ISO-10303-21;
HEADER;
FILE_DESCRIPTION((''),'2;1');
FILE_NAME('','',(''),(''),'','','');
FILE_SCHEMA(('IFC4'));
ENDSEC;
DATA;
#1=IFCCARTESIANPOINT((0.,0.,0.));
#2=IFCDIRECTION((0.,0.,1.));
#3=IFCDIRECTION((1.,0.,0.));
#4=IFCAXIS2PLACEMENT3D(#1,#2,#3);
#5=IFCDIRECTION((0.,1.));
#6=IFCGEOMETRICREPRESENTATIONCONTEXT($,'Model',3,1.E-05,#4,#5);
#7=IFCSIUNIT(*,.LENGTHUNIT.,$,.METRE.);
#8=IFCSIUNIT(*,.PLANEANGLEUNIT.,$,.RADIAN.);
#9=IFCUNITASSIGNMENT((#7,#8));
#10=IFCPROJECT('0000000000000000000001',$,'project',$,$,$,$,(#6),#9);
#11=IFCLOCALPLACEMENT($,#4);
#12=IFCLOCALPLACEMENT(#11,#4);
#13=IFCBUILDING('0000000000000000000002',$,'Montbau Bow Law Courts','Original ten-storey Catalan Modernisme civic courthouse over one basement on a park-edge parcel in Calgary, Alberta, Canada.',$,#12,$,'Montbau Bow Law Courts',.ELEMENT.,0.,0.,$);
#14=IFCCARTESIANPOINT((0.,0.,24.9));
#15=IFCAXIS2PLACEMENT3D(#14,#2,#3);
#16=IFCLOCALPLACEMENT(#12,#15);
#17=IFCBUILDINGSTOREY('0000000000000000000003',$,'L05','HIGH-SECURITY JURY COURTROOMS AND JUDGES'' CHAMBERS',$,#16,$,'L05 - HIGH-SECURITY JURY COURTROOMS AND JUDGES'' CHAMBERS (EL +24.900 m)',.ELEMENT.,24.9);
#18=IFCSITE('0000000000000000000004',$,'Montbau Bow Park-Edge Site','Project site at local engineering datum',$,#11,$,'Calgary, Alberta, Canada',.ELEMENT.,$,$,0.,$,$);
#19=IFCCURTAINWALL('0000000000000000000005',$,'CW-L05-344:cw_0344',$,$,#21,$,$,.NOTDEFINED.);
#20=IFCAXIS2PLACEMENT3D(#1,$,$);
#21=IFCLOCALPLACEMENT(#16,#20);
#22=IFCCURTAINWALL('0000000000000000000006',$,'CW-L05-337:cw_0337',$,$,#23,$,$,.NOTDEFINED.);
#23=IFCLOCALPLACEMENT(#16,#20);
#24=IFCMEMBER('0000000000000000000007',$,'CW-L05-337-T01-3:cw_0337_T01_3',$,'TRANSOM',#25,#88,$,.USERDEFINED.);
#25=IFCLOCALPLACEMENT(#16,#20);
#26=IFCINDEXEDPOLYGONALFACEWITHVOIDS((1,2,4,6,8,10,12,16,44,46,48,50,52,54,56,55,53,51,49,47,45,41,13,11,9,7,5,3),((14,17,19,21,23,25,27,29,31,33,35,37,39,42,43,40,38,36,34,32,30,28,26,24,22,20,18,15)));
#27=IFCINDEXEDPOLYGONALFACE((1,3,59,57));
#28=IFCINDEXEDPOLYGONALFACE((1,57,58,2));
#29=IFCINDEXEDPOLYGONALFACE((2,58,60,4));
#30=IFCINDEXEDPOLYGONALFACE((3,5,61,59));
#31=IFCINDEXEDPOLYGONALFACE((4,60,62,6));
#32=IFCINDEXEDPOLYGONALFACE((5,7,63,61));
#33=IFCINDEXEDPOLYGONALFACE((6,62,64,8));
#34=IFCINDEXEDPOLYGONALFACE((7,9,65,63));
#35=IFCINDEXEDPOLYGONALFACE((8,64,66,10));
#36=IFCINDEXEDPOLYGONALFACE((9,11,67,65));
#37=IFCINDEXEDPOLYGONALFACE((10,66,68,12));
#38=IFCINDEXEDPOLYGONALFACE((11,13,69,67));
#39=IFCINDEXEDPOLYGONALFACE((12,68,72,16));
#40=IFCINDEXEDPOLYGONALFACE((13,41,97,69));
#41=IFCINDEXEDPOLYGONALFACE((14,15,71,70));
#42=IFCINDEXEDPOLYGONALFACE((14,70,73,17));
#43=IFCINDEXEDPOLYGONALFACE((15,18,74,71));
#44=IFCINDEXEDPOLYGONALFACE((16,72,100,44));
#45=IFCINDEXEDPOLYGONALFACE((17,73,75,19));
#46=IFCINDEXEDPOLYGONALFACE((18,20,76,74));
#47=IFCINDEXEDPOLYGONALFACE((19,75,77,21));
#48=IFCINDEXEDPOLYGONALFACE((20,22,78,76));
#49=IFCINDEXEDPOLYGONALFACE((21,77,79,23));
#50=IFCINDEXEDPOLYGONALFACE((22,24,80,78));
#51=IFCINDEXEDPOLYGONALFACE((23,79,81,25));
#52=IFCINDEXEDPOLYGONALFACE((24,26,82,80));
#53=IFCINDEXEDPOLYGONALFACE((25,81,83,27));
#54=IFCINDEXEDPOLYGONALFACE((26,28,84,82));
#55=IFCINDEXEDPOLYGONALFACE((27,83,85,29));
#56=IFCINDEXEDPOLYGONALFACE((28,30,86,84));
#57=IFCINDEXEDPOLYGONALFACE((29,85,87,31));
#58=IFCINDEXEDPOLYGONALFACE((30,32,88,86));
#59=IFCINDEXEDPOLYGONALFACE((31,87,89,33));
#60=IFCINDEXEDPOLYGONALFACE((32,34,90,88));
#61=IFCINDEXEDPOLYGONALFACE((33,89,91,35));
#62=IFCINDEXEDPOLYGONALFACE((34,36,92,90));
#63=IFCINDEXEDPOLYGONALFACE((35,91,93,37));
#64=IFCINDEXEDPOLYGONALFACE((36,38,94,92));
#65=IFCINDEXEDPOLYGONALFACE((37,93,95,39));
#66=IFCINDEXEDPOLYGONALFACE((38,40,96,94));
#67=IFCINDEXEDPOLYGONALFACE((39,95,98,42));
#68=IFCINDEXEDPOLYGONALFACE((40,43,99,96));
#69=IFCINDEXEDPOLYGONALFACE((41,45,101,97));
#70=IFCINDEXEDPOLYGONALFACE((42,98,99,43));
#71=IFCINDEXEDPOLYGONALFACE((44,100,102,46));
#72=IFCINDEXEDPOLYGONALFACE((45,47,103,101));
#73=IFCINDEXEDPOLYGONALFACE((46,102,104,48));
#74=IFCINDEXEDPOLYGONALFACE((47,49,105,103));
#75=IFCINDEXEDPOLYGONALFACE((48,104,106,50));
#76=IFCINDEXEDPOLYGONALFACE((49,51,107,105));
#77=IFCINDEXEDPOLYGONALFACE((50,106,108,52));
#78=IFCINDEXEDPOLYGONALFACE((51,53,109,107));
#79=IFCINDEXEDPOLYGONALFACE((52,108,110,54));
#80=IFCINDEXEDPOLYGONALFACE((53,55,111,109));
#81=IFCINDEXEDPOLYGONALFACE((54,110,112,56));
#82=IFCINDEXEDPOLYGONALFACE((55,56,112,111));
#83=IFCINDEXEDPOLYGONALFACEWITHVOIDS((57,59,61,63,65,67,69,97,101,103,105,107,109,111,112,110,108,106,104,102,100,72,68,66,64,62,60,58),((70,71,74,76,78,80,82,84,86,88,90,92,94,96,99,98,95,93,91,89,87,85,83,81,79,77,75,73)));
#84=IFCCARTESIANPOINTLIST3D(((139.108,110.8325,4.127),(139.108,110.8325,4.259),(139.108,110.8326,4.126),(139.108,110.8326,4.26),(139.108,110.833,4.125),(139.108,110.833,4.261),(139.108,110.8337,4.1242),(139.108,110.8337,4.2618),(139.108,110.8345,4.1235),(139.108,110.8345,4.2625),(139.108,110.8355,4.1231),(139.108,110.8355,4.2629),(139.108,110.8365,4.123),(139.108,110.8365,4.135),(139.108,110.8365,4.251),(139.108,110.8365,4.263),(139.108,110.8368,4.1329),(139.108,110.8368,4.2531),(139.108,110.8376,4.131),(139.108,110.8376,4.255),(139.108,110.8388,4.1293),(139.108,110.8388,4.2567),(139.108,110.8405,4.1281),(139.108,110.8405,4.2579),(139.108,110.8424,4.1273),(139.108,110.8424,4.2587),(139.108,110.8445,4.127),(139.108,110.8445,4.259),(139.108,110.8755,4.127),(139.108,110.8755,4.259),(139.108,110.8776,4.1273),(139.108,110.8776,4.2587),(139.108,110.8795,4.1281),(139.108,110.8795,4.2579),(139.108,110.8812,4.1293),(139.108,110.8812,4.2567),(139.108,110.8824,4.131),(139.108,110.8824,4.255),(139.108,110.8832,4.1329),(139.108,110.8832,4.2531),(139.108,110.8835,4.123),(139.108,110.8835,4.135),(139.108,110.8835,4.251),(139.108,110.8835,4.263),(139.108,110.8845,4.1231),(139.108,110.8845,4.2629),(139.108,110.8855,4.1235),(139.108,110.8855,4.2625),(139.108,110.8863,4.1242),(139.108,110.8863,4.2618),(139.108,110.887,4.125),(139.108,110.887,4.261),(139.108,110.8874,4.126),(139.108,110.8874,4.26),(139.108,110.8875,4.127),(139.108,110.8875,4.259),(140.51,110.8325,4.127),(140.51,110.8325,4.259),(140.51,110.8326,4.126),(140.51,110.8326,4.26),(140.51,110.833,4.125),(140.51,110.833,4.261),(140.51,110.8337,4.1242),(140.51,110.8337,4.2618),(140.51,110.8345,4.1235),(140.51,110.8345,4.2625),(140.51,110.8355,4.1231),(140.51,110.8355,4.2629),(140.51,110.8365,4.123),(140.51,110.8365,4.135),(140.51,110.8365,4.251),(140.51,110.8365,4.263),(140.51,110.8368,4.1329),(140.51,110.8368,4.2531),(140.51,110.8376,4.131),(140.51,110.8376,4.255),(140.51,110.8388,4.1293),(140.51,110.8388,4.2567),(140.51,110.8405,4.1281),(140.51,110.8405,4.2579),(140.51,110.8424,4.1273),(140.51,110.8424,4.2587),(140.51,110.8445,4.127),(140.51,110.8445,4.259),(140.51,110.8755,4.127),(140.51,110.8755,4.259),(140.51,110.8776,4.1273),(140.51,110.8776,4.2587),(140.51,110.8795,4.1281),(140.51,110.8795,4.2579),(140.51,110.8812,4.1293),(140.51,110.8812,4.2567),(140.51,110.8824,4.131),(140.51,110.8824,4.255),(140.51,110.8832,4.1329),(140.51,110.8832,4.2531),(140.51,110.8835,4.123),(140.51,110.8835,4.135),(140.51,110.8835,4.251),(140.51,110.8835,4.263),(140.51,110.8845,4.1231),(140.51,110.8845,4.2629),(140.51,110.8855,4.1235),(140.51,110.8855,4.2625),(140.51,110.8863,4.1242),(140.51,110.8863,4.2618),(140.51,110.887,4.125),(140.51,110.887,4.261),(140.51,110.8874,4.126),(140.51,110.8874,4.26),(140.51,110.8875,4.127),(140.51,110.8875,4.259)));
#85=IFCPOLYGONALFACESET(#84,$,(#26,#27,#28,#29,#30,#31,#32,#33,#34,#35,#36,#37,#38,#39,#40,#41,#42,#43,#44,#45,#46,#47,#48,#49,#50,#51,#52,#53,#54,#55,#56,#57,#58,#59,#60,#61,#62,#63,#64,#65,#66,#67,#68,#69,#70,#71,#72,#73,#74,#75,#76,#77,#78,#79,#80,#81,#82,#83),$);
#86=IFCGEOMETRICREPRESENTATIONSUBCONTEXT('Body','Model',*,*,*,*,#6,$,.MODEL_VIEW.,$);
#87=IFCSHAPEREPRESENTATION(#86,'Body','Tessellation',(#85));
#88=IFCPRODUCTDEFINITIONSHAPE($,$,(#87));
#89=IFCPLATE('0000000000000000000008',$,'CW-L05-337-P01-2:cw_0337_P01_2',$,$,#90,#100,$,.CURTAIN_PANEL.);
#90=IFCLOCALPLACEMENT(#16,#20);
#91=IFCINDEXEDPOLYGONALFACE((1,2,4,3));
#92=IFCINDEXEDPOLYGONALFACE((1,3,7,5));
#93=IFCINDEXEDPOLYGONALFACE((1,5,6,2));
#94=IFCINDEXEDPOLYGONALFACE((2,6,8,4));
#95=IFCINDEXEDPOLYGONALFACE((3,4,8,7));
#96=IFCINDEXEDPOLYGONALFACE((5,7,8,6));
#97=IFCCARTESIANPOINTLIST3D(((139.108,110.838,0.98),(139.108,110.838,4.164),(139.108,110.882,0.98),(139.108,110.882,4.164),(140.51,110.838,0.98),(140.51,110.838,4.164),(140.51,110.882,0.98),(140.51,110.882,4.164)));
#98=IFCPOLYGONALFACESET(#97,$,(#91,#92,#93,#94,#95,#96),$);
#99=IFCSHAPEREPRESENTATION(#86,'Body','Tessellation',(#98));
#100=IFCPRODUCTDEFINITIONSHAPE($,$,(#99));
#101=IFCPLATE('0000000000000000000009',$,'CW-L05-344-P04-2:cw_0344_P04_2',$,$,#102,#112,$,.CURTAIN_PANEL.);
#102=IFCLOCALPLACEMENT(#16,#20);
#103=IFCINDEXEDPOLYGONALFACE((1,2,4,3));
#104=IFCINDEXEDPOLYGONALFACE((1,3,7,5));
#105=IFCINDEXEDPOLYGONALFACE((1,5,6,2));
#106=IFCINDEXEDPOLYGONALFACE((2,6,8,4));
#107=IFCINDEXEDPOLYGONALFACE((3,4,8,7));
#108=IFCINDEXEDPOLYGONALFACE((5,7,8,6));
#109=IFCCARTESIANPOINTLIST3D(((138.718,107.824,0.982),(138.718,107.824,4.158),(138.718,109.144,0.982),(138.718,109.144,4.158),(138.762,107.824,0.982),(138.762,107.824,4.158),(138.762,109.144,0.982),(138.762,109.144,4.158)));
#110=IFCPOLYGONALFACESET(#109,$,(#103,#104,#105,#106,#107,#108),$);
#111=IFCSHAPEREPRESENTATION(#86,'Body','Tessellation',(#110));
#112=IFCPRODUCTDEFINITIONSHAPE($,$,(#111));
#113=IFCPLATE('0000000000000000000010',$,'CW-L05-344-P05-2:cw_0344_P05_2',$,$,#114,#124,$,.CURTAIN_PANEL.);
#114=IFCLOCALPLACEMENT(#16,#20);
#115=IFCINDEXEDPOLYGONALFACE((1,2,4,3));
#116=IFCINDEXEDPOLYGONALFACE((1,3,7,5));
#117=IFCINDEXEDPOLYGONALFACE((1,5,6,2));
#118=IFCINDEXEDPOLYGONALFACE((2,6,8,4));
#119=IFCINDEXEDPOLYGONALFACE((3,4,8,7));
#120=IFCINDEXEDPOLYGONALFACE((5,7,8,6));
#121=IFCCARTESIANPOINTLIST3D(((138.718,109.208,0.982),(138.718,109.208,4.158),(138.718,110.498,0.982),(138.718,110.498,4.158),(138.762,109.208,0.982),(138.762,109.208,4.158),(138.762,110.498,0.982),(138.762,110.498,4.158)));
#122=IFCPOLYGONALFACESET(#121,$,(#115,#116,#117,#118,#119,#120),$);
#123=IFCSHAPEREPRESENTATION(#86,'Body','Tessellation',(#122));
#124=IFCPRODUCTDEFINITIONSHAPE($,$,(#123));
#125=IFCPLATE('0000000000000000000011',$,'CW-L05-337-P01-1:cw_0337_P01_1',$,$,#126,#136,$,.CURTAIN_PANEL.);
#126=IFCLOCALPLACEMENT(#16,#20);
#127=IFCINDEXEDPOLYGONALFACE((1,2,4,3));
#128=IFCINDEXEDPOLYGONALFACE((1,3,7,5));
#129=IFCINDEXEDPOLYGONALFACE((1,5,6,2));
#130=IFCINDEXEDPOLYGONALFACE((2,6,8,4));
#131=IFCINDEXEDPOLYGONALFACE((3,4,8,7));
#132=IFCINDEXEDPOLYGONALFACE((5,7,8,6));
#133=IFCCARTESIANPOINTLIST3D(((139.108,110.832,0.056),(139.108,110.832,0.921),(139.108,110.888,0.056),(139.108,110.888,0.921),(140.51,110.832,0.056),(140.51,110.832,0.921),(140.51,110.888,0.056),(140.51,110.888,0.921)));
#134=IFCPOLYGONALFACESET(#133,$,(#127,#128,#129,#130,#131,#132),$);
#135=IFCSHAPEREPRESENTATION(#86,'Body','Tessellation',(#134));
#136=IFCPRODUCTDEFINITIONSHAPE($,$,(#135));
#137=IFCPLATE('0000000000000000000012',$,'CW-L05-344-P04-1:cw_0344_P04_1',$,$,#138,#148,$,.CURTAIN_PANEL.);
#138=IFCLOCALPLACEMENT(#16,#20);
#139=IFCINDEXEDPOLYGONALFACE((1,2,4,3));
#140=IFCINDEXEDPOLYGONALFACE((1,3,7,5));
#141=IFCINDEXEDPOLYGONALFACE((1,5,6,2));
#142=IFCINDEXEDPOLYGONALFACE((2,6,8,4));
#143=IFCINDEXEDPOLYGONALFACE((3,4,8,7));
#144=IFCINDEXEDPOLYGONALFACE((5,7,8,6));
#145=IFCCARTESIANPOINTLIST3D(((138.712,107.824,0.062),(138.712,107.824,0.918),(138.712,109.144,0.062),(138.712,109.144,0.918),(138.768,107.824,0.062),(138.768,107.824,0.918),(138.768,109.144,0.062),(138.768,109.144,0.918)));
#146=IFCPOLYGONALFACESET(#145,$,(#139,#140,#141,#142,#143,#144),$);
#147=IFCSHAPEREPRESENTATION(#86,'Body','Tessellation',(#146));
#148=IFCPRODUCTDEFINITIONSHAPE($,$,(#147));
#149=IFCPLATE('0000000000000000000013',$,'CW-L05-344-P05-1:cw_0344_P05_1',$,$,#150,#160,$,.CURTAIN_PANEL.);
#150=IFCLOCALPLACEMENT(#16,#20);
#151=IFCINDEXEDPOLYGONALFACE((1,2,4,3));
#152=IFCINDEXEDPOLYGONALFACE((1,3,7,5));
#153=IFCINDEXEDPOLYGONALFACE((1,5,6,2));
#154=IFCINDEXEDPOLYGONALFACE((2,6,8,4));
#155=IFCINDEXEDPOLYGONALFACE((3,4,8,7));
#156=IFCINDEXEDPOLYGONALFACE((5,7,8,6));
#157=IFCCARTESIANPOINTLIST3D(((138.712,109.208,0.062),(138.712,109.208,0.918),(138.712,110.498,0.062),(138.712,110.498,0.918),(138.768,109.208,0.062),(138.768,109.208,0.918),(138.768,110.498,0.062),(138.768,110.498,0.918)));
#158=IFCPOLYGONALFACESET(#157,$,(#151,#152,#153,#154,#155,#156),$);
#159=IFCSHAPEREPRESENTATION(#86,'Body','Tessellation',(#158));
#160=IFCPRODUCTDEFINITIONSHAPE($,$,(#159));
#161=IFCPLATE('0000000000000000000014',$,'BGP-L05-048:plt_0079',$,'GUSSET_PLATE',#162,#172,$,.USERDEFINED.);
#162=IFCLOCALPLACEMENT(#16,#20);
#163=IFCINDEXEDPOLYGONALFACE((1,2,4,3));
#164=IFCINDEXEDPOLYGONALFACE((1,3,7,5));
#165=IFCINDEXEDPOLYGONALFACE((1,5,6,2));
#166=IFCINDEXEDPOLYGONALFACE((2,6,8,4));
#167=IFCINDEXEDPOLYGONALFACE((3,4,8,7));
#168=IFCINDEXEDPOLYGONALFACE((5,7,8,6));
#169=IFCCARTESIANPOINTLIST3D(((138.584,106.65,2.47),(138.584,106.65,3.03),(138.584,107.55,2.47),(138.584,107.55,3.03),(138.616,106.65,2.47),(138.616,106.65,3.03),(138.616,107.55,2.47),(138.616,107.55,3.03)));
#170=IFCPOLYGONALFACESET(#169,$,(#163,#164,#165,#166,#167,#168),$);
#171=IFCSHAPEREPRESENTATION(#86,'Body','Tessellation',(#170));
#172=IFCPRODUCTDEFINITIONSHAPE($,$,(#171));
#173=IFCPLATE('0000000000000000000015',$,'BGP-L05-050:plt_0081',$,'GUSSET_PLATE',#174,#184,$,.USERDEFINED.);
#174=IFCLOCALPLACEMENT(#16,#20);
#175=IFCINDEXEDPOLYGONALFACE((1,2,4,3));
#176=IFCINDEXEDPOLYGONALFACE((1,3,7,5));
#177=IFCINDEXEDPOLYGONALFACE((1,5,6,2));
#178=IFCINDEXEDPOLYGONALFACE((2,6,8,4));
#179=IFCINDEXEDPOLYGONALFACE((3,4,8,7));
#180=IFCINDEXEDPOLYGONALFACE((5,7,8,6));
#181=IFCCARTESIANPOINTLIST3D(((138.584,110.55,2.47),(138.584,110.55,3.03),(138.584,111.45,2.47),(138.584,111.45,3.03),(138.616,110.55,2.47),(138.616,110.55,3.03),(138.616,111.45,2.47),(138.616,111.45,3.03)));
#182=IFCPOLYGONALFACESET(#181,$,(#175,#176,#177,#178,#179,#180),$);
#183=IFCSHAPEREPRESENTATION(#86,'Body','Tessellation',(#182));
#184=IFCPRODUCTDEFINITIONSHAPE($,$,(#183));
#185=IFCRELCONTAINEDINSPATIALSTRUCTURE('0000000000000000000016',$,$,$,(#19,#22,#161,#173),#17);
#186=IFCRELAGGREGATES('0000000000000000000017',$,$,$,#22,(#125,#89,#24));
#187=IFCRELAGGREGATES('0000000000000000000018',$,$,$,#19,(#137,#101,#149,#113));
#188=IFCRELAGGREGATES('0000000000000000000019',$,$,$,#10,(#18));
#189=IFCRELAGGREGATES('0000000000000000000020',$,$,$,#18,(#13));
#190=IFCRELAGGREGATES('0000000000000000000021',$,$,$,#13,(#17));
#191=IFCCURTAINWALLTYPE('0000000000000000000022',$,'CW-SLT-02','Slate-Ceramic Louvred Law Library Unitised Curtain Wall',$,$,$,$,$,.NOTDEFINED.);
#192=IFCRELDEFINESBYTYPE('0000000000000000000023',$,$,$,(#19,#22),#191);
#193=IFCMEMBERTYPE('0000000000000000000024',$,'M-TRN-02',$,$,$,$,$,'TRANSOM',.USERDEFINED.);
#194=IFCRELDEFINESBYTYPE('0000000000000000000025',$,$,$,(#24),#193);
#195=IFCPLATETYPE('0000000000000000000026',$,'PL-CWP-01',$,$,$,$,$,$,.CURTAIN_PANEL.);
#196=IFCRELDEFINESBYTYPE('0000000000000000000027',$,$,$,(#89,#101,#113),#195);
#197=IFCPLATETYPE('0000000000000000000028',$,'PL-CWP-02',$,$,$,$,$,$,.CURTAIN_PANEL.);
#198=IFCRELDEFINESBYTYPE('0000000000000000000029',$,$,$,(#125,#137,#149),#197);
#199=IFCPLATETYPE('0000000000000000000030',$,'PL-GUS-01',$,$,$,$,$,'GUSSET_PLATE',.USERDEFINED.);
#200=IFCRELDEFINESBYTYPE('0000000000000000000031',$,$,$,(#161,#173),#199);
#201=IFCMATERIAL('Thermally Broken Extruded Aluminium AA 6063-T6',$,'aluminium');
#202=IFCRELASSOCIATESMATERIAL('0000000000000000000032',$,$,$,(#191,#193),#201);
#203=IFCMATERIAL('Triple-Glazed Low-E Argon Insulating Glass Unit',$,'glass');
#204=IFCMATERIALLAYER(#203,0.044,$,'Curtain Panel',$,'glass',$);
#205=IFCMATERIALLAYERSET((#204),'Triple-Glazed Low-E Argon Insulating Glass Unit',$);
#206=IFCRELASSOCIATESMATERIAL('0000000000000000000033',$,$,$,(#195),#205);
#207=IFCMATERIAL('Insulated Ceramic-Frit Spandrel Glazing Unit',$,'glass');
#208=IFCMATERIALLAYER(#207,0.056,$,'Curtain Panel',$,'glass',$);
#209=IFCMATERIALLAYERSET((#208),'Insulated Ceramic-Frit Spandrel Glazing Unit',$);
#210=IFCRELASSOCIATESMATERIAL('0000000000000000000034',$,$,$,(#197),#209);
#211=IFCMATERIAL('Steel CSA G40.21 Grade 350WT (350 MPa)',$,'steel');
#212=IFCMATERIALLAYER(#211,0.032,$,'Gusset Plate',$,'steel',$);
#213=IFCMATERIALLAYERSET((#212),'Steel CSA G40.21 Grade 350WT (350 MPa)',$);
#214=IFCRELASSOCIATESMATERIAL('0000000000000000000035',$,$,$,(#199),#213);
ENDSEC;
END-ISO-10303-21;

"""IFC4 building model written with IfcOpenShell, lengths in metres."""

from ifc_helpers import new_model, si_unit, direction, frame, frame_2d, origin_with_axes, origin_2d_with_axis, place, context, subcontext, project, spatial, rectangle, hollow_rectangle, extrude, material, layer, layer_set, material_profile, profile_set, type_object, element, aggregate, save


model = new_model("IFC4")

# Units and contexts
model_context = context("Model", 3, precision=1e-05, world=origin_with_axes(), true_north=direction((0.0, 1.0)))
body_context = subcontext(model_context, "Body", "Model", "MODEL_VIEW")
ifc_project = project(units=[si_unit("LENGTHUNIT", "METRE"), si_unit("PLANEANGLEUNIT", "RADIAN")], contexts=[model_context])

# Site, building, storey
site_placement = place(None, origin_with_axes())
site = spatial("IfcSite", under=ifc_project, at=site_placement, Name="Montbau Bow Park-Edge Site", Description="Project site at local engineering datum", LongName="Calgary, Alberta, Canada", CompositionType="ELEMENT", RefElevation=0.0)
building_placement = place(site_placement, origin_with_axes())
building = spatial("IfcBuilding", under=site, at=building_placement, Name="Montbau Bow Law Courts", Description="Original ten-storey Catalan Modernisme civic courthouse over one basement on a park-edge parcel in Calgary, Alberta, Canada.", LongName="Montbau Bow Law Courts", CompositionType="ELEMENT", ElevationOfRefHeight=0.0, ElevationOfTerrain=0.0)
storey_placement = place(building_placement, frame((0.0, 0.0, 24.9), z_axis=(0.0, 0.0, 1.0), x_axis=(1.0, 0.0, 0.0)))
storey = spatial("IfcBuildingStorey", under=building, at=storey_placement, Name="L05", Description="HIGH-SECURITY JURY COURTROOMS AND JUDGES' CHAMBERS", LongName="L05 - HIGH-SECURITY JURY COURTROOMS AND JUDGES' CHAMBERS (EL +24.900 m)", CompositionType="ELEMENT", Elevation=24.9)

# Curtain wall
ifc_material_1 = material(Name="Thermally Broken Extruded Aluminium AA 6063-T6", Category="aluminium")
curtain_wall_type = type_object("IfcCurtainWallType", Name="CW-SLT-02", Description="Slate-Ceramic Louvred Law Library Unitised Curtain Wall", PredefinedType="NOTDEFINED", material=ifc_material_1)
curtain_wall_1_placement = place(None, frame((138.74, 103.64, 24.9), z_axis=(0.0, 0.0, 1.0), x_axis=(1.0, 0.0, 0.0)))
curtain_wall_1 = element("IfcCurtainWall", 1, at=curtain_wall_1_placement, inside=storey, type_object=curtain_wall_type, Name="CW-L05-344:cw_0344", PredefinedType="NOTDEFINED")

# Curtain wall, member, plate
curtain_wall_2_placement = place(None, frame((139.04, 110.86, 24.9), z_axis=(0.0, 0.0, 1.0), x_axis=(1.0, 0.0, 0.0)))
curtain_wall_2 = element("IfcCurtainWall", 2, at=curtain_wall_2_placement, inside=storey, type_object=curtain_wall_type, Name="CW-L05-337:cw_0337", PredefinedType="NOTDEFINED")
ifc_material_profile_1 = material_profile(ifc_material_1, hollow_rectangle(XDim=0.055, YDim=0.14, WallThickness=0.004, InnerFilletRadius=0.008, OuterFilletRadius=0.004, at=origin_2d_with_axis()), Name="CWT-140X55", Category="Main", Priority=0)
ifc_profile_set_1 = profile_set([ifc_material_profile_1], Name="Thermally Broken Extruded Aluminium AA 6063-T6")
member_type_1 = type_object("IfcMemberType", Name="M-TRN-02", ElementType="TRANSOM", PredefinedType="USERDEFINED", material=ifc_profile_set_1)
member_1_placement = place(None, frame((139.108, 110.86, 29.093), z_axis=(1.0, 0.0, 0.0), x_axis=(0.0, 1.0, 0.0)))
member_1 = element("IfcMember", 3, at=member_1_placement, type_object=member_type_1, Name="CW-L05-337-T01-3:cw_0337_T01_3", ObjectType="TRANSOM", PredefinedType="USERDEFINED", context=body_context, shape_type="SweptSolid", body=[
    extrude(hollow_rectangle(XDim=0.055, YDim=0.14, WallThickness=0.004, InnerFilletRadius=0.008, OuterFilletRadius=0.004, at=origin_2d_with_axis()), origin_with_axes(), (0.0, 0.0, 1.0), 1.402),
])
ifc_material_2 = material(Name="Triple-Glazed Low-E Argon Insulating Glass Unit", Category="glass")
ifc_layer_1 = layer(ifc_material_2, 0.044, Name="Curtain Panel", Category="glass")
ifc_layer_set_1 = layer_set([ifc_layer_1], Name="Triple-Glazed Low-E Argon Insulating Glass Unit")
plate_type_1 = type_object("IfcPlateType", Name="PL-CWP-01", PredefinedType="CURTAIN_PANEL", material=ifc_layer_set_1)
plate_1_placement = place(None, frame((139.108, 110.86, 25.88), z_axis=(0.0, -1.0, 0.0), x_axis=(1.0, 0.0, 0.0)))
plate_1 = element("IfcPlate", 4, at=plate_1_placement, type_object=plate_type_1, Name="CW-L05-337-P01-2:cw_0337_P01_2", PredefinedType="CURTAIN_PANEL", context=body_context, shape_type="SweptSolid", body=[
    extrude(rectangle(XDim=1.402, YDim=3.184, at=frame_2d((0.701, 1.592), x_axis=(1.0, 0.0))), frame((0.0, 0.0, -0.022), z_axis=(0.0, 0.0, 1.0), x_axis=(1.0, 0.0, 0.0)), (0.0, 0.0, 1.0), 0.044),
])

# Plates
plate_2_placement = place(None, frame((138.74, 107.824, 25.882), z_axis=(1.0, 0.0, 0.0), x_axis=(0.0, 1.0, 0.0)))
plate_2 = element("IfcPlate", 5, at=plate_2_placement, type_object=plate_type_1, Name="CW-L05-344-P04-2:cw_0344_P04_2", PredefinedType="CURTAIN_PANEL", context=body_context, shape_type="SweptSolid", body=[
    extrude(rectangle(XDim=1.32, YDim=3.176, at=frame_2d((0.66, 1.588), x_axis=(1.0, 0.0))), frame((0.0, 0.0, -0.022), z_axis=(0.0, 0.0, 1.0), x_axis=(1.0, 0.0, 0.0)), (0.0, 0.0, 1.0), 0.044),
])
plate_3_placement = place(None, frame((138.74, 109.208, 25.882), z_axis=(1.0, 0.0, 0.0), x_axis=(0.0, 1.0, 0.0)))
plate_3 = element("IfcPlate", 6, at=plate_3_placement, type_object=plate_type_1, Name="CW-L05-344-P05-2:cw_0344_P05_2", PredefinedType="CURTAIN_PANEL", context=body_context, shape_type="SweptSolid", body=[
    extrude(rectangle(XDim=1.29, YDim=3.176, at=frame_2d((0.645, 1.588), x_axis=(1.0, 0.0))), frame((0.0, 0.0, -0.022), z_axis=(0.0, 0.0, 1.0), x_axis=(1.0, 0.0, 0.0)), (0.0, 0.0, 1.0), 0.044),
])
ifc_material_3 = material(Name="Insulated Ceramic-Frit Spandrel Glazing Unit", Category="glass")
ifc_layer_2 = layer(ifc_material_3, 0.056, Name="Curtain Panel", Category="glass")
ifc_layer_set_2 = layer_set([ifc_layer_2], Name="Insulated Ceramic-Frit Spandrel Glazing Unit")
plate_type_2 = type_object("IfcPlateType", Name="PL-CWP-02", PredefinedType="CURTAIN_PANEL", material=ifc_layer_set_2)
plate_4_placement = place(None, frame((139.108, 110.86, 24.956), z_axis=(0.0, -1.0, 0.0), x_axis=(1.0, 0.0, 0.0)))
plate_4 = element("IfcPlate", 7, at=plate_4_placement, type_object=plate_type_2, Name="CW-L05-337-P01-1:cw_0337_P01_1", PredefinedType="CURTAIN_PANEL", context=body_context, shape_type="SweptSolid", body=[
    extrude(rectangle(XDim=1.402, YDim=0.865, at=frame_2d((0.701, 0.4325), x_axis=(1.0, 0.0))), frame((0.0, 0.0, -0.028), z_axis=(0.0, 0.0, 1.0), x_axis=(1.0, 0.0, 0.0)), (0.0, 0.0, 1.0), 0.056),
])
aggregate(curtain_wall_2, [plate_4, plate_1, member_1])
plate_5_placement = place(None, frame((138.74, 107.824, 24.962), z_axis=(1.0, 0.0, 0.0), x_axis=(0.0, 1.0, 0.0)))
plate_5 = element("IfcPlate", 8, at=plate_5_placement, type_object=plate_type_2, Name="CW-L05-344-P04-1:cw_0344_P04_1", PredefinedType="CURTAIN_PANEL", context=body_context, shape_type="SweptSolid", body=[
    extrude(rectangle(XDim=1.32, YDim=0.856, at=frame_2d((0.66, 0.428), x_axis=(1.0, 0.0))), frame((0.0, 0.0, -0.028), z_axis=(0.0, 0.0, 1.0), x_axis=(1.0, 0.0, 0.0)), (0.0, 0.0, 1.0), 0.056),
])
plate_6_placement = place(None, frame((138.74, 109.208, 24.962), z_axis=(1.0, 0.0, 0.0), x_axis=(0.0, 1.0, 0.0)))
plate_6 = element("IfcPlate", 9, at=plate_6_placement, type_object=plate_type_2, Name="CW-L05-344-P05-1:cw_0344_P05_1", PredefinedType="CURTAIN_PANEL", context=body_context, shape_type="SweptSolid", body=[
    extrude(rectangle(XDim=1.29, YDim=0.856, at=frame_2d((0.645, 0.428), x_axis=(1.0, 0.0))), frame((0.0, 0.0, -0.028), z_axis=(0.0, 0.0, 1.0), x_axis=(1.0, 0.0, 0.0)), (0.0, 0.0, 1.0), 0.056),
])
aggregate(curtain_wall_1, [plate_5, plate_2, plate_6, plate_3])

# Plates
ifc_material_4 = material(Name="Steel CSA G40.21 Grade 350WT (350 MPa)", Category="steel")
ifc_layer_3 = layer(ifc_material_4, 0.032, Name="Gusset Plate", Category="steel")
ifc_layer_set_3 = layer_set([ifc_layer_3], Name="Steel CSA G40.21 Grade 350WT (350 MPa)")
plate_type_3 = type_object("IfcPlateType", Name="PL-GUS-01", ElementType="GUSSET_PLATE", PredefinedType="USERDEFINED", material=ifc_layer_set_3)
for number, where, z_axis, x_axis, name in (
    (10, (138.6, 107.1, 27.37), (0.0, 0.0, 1.0), (0.0, 1.0, 0.0), "BGP-L05-048:plt_0079"),
    (11, (138.6, 111.0, 27.37), (0.0, 0.0, 1.0), (0.0, 1.0, 0.0), "BGP-L05-050:plt_0081"),
):
    element("IfcPlate", number, at=place(None, frame(where, z_axis=z_axis, x_axis=x_axis)), inside=storey, type_object=plate_type_3, Name=name, ObjectType="GUSSET_PLATE", PredefinedType="USERDEFINED", context=body_context, shape_type="SweptSolid", body=[
        extrude(rectangle(XDim=0.9, YDim=0.032, at=origin_2d_with_axis()), origin_with_axes(), (0.0, 0.0, 1.0), 0.56),
    ])

save(model, "model.ifc")
